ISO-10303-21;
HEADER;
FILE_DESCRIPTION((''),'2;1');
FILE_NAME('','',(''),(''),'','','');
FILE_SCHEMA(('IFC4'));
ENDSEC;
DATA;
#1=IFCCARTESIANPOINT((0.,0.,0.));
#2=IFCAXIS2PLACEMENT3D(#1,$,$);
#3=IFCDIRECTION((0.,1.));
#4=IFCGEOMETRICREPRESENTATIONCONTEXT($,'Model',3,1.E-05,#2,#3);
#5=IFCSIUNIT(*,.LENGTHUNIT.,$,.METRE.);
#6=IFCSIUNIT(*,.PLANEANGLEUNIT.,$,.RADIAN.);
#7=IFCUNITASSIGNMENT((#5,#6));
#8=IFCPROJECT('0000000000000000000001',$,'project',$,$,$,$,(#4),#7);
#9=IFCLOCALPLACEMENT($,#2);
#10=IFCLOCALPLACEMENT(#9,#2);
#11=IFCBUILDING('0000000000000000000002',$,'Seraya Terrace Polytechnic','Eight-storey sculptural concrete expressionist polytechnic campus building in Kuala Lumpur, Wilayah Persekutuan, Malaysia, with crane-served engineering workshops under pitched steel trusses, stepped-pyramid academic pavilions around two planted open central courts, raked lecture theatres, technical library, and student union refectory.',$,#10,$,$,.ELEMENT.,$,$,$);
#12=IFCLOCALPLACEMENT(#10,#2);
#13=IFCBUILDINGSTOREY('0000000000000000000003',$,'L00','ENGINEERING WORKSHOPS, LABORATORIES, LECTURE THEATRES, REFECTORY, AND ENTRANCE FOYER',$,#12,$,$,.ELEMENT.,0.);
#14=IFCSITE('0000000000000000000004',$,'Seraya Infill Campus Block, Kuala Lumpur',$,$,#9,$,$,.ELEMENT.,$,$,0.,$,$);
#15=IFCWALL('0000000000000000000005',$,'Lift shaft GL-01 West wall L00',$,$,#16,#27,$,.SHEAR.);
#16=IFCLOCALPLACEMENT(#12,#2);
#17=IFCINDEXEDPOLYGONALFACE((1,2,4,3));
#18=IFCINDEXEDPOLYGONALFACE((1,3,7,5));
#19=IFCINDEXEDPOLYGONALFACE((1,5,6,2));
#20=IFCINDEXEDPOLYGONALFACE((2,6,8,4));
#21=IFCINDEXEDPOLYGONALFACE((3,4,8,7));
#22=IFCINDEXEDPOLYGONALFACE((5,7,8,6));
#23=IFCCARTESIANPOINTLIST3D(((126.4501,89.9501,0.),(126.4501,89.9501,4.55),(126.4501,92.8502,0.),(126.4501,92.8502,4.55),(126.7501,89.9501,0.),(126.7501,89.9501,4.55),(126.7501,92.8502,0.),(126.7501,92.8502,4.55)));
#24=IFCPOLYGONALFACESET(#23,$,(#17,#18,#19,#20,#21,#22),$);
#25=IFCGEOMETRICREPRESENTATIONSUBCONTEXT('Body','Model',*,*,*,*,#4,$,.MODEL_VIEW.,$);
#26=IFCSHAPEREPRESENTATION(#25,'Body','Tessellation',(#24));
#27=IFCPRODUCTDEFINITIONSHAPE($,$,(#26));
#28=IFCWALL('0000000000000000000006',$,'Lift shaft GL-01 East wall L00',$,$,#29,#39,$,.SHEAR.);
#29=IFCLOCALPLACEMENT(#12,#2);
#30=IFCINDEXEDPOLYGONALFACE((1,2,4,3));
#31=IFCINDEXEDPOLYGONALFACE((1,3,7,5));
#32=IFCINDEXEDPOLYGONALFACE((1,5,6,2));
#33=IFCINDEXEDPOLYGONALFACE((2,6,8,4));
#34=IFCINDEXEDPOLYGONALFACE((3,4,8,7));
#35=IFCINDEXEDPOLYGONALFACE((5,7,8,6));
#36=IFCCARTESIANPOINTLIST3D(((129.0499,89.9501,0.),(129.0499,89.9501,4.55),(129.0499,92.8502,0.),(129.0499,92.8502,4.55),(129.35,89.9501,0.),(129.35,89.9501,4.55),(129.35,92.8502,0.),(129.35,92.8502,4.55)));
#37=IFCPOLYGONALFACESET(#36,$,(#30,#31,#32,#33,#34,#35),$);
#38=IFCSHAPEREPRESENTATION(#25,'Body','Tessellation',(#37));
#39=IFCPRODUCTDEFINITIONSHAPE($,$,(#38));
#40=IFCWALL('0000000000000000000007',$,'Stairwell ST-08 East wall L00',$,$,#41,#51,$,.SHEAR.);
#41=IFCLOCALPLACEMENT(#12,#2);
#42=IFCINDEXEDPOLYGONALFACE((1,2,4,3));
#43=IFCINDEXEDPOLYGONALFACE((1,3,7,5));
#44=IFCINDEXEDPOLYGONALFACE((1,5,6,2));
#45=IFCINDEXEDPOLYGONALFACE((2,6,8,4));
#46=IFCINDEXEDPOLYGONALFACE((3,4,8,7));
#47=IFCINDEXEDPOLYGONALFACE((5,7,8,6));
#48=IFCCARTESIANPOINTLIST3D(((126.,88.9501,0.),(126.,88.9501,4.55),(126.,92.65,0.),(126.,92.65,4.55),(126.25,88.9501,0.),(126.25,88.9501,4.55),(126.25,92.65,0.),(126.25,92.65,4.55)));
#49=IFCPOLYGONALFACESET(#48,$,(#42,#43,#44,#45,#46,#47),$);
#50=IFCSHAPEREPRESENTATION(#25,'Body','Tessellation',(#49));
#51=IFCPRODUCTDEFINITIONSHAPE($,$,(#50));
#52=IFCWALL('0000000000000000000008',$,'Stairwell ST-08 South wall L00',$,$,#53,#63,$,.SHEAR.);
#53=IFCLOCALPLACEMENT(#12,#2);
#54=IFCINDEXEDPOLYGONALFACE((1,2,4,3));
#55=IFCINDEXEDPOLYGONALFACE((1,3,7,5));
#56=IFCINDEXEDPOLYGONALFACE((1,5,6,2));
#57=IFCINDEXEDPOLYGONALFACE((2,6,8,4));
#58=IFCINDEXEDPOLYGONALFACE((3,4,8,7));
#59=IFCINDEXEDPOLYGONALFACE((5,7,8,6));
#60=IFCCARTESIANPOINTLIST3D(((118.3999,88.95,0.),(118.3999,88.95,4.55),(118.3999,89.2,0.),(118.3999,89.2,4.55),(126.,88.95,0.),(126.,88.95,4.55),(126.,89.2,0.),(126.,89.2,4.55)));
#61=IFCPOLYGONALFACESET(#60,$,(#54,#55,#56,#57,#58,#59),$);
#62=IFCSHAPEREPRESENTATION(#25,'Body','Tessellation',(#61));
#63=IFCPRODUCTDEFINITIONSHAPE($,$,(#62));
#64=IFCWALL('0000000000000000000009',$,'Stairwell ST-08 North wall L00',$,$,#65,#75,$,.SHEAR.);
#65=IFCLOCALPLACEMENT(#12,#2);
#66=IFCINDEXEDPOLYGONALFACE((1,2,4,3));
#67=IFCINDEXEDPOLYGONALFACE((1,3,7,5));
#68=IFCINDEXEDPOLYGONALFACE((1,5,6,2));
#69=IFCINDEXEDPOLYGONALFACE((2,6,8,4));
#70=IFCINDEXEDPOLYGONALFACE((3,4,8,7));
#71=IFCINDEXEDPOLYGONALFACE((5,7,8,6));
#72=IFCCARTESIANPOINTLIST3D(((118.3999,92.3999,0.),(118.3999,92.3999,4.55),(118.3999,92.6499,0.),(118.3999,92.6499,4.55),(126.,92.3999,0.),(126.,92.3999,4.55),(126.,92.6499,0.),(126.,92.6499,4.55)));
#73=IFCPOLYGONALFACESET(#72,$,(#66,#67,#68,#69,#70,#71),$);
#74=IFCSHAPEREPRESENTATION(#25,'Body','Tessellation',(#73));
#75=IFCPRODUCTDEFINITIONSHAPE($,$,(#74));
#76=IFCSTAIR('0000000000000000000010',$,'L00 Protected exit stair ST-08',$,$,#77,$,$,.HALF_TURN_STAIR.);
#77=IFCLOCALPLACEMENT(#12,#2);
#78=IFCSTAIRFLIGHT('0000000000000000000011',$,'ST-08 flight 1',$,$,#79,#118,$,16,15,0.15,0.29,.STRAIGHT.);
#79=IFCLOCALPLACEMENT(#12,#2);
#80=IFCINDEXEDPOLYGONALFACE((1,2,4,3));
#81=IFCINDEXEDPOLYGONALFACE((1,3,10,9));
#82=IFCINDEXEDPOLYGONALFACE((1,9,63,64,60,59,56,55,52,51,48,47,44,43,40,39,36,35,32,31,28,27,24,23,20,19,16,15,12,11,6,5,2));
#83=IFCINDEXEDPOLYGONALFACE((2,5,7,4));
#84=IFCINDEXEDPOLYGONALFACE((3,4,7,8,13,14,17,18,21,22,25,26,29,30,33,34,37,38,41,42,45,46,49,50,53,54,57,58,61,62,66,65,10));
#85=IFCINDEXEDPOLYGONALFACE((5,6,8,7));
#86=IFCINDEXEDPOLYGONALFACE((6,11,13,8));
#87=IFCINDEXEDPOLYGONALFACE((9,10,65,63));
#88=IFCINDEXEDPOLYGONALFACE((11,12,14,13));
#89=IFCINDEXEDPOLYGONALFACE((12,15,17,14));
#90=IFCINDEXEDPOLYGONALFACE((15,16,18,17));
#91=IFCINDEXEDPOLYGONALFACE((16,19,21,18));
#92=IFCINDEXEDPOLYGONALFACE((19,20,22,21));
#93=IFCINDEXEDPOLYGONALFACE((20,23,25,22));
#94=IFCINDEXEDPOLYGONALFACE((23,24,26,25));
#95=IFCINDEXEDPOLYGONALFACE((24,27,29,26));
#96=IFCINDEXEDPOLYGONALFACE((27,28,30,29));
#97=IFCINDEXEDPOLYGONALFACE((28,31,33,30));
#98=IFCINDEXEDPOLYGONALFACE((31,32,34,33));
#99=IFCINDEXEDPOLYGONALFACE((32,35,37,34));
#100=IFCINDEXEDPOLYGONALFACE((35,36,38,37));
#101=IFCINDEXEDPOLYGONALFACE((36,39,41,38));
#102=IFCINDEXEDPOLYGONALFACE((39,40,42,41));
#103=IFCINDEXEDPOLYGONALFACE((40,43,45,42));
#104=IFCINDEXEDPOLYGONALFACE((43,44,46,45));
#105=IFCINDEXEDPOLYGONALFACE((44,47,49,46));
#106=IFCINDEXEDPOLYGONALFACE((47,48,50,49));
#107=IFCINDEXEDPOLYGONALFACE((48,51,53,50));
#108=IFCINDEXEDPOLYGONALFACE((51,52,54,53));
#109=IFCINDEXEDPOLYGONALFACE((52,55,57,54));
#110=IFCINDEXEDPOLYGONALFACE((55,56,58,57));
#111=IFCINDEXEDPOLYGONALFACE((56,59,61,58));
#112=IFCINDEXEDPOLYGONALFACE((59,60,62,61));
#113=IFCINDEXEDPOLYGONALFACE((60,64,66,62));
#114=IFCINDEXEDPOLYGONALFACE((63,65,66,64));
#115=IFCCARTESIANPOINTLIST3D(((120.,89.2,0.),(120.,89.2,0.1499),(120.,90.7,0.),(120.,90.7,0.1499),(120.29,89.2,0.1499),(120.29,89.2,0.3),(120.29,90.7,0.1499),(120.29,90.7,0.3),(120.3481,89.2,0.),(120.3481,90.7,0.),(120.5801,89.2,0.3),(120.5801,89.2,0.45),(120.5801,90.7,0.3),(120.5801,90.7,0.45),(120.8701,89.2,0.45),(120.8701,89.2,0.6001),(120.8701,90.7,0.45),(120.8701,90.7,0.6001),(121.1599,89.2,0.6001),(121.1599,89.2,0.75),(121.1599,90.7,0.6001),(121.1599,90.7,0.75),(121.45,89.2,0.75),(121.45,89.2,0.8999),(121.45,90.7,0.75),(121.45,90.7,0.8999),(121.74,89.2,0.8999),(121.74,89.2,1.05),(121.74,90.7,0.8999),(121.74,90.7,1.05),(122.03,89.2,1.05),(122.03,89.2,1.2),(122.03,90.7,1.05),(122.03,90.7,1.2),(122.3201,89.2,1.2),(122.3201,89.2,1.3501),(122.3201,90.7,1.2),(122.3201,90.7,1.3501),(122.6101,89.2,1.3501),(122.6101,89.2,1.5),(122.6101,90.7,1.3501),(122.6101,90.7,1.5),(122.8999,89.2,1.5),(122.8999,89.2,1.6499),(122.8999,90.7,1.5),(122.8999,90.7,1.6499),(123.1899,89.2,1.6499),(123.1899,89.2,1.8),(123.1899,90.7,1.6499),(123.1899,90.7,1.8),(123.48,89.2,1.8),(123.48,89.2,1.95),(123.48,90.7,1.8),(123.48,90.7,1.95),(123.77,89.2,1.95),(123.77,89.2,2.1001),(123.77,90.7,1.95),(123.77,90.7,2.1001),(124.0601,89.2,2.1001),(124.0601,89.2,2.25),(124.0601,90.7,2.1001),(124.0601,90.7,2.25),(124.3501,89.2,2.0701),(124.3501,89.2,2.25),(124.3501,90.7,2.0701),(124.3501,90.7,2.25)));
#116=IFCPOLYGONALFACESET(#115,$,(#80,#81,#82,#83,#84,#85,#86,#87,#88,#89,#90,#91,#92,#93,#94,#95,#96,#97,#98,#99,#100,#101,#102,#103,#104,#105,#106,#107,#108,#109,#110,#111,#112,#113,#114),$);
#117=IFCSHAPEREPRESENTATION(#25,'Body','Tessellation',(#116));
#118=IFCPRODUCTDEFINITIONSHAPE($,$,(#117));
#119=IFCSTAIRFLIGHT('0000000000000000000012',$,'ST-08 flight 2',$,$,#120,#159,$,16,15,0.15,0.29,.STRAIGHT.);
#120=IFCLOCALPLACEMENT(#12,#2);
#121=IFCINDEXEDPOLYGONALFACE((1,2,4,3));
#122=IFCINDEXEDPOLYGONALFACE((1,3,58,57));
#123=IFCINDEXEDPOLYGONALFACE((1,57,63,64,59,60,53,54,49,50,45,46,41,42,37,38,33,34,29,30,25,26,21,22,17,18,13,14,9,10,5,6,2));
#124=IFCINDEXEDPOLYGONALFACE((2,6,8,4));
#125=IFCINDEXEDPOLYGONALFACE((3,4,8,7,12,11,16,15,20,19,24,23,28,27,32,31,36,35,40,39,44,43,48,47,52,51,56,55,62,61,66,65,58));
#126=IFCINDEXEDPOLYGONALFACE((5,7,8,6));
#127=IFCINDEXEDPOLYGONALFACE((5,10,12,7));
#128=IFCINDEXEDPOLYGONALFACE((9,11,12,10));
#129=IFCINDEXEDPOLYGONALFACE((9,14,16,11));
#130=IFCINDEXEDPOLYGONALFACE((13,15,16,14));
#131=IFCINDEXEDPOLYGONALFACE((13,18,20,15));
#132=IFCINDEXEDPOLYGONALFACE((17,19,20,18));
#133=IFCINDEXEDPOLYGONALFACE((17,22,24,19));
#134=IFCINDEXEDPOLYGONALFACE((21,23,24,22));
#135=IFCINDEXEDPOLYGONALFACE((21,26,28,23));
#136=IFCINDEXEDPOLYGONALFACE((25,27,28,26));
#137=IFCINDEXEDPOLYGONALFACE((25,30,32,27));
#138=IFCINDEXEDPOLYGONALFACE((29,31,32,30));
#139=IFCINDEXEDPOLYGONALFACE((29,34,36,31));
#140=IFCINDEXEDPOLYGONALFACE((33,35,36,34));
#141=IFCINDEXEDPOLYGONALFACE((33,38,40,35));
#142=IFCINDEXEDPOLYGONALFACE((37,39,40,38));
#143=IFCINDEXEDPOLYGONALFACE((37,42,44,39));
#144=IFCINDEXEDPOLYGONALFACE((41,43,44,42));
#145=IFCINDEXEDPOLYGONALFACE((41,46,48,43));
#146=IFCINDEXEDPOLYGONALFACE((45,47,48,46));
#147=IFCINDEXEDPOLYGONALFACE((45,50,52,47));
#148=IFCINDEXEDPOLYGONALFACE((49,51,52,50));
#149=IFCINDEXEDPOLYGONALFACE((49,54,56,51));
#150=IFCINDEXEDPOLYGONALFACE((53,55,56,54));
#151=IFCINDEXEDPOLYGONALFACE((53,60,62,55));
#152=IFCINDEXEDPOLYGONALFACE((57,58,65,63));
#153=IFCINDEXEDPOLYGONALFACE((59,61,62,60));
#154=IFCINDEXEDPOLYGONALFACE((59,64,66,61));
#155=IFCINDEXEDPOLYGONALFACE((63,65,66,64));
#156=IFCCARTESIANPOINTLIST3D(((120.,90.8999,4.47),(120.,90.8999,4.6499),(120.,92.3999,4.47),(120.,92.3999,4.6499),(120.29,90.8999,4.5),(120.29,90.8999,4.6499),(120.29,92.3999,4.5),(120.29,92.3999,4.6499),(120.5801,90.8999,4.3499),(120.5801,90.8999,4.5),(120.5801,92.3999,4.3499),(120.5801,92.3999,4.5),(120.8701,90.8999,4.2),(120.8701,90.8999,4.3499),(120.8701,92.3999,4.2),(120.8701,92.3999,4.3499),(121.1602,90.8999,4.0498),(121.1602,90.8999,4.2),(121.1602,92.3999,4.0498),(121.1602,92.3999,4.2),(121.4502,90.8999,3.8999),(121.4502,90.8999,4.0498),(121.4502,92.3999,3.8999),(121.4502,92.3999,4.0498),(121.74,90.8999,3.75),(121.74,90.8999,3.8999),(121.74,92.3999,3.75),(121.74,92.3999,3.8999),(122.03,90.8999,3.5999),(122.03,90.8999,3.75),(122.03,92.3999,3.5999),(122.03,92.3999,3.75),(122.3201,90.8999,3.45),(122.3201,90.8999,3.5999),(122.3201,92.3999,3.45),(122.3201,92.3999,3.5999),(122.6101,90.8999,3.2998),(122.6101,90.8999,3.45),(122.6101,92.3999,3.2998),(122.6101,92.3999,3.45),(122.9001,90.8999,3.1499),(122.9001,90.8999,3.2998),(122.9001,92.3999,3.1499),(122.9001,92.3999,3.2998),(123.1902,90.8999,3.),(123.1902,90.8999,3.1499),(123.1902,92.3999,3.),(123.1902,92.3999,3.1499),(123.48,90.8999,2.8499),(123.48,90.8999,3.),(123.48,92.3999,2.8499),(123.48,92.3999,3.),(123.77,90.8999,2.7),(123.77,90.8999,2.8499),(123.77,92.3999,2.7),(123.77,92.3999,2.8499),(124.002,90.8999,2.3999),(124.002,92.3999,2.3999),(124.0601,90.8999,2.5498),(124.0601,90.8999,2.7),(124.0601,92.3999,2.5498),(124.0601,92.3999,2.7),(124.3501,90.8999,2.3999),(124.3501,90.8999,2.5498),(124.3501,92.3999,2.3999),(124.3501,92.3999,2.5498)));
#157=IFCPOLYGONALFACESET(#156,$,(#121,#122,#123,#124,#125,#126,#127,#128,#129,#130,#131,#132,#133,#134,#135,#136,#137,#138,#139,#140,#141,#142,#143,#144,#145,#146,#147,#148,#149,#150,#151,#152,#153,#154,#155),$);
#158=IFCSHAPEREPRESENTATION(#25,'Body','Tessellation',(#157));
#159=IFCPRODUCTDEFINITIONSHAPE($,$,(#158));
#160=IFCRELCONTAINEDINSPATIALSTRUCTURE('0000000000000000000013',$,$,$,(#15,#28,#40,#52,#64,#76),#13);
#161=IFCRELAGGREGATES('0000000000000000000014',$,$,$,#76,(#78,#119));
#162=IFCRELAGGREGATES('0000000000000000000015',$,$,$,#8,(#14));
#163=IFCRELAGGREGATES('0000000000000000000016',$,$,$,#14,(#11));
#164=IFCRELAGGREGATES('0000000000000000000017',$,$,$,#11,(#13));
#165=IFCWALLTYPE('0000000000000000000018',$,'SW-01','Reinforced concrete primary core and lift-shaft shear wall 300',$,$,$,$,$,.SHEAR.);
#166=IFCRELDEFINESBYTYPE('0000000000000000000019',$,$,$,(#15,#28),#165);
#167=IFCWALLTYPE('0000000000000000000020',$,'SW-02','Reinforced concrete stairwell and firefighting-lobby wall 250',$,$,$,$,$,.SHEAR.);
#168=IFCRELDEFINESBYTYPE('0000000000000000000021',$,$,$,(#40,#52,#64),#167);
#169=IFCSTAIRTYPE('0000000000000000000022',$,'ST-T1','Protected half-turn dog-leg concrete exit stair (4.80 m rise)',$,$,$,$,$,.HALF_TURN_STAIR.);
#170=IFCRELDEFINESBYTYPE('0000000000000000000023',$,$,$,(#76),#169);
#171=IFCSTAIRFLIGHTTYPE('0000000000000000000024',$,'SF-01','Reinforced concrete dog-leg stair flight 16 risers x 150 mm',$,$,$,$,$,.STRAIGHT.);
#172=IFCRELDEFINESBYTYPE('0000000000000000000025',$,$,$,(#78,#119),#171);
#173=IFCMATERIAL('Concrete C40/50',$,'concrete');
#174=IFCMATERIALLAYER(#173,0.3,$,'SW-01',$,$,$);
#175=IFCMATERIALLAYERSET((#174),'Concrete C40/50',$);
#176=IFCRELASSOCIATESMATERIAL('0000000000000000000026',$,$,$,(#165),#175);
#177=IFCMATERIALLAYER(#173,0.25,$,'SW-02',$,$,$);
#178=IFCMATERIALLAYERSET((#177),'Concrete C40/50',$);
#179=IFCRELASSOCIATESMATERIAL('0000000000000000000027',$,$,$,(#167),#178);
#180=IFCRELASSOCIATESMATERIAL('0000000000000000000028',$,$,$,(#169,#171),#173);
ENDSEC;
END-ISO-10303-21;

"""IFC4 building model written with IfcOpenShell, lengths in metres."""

from ifc_helpers import new_model, si_unit, direction, frame, frame_2d, origin, place, context, subcontext, project, spatial, polyline, rectangle, outline, extrude, material, layer, layer_set, type_object, element, aggregate, save


model = new_model("IFC4")

# Units and contexts
model_context = context("Model", 3, precision=1e-05, world=origin(), true_north=direction((0.0, 1.0)))
body_context = subcontext(model_context, "Body", "Model", "MODEL_VIEW")
ifc_project = project(units=[si_unit("LENGTHUNIT", "METRE"), si_unit("PLANEANGLEUNIT", "RADIAN")], contexts=[model_context])

# Site, building, storey
site_placement = place(None, origin())
site = spatial("IfcSite", under=ifc_project, at=site_placement, Name="Seraya Infill Campus Block, Kuala Lumpur", CompositionType="ELEMENT", RefElevation=0.0)
building_placement = place(site_placement, origin())
building = spatial("IfcBuilding", under=site, at=building_placement, Name="Seraya Terrace Polytechnic", Description="Eight-storey sculptural concrete expressionist polytechnic campus building in Kuala Lumpur, Wilayah Persekutuan, Malaysia, with crane-served engineering workshops under pitched steel trusses, stepped-pyramid academic pavilions around two planted open central courts, raked lecture theatres, technical library, and student union refectory.", CompositionType="ELEMENT")
storey_placement = place(building_placement, origin())
storey = spatial("IfcBuildingStorey", under=building, at=storey_placement, Name="L00", Description="ENGINEERING WORKSHOPS, LABORATORIES, LECTURE THEATRES, REFECTORY, AND ENTRANCE FOYER", CompositionType="ELEMENT", Elevation=0.0)

# Shared definitions
ifc_material_1 = material(Name="Concrete C40/50", Category="concrete")

# Shared definitions
ifc_layer_1 = layer(ifc_material_1, 0.3, Name="SW-01")
ifc_layer_set_1 = layer_set([ifc_layer_1], Name="Concrete C40/50")
wall_type_1 = type_object("IfcWallType", Name="SW-01", Description="Reinforced concrete primary core and lift-shaft shear wall 300", PredefinedType="SHEAR", material=ifc_layer_set_1)

# Walls
for number, where, z_axis, x_axis, name in (
    (1, (126.6001, 89.95, 0.0), (0.0, 0.0, 1.0), (0.0, 1.0, 0.0), "Lift shaft GL-01 West wall L00"),
    (2, (129.2, 89.95, 0.0), (0.0, 0.0, 1.0), (0.0, 1.0, 0.0), "Lift shaft GL-01 East wall L00"),
):
    element("IfcWall", number, at=place(storey_placement, frame(where, z_axis=z_axis, x_axis=x_axis)), inside=storey, type_object=wall_type_1, Name=name, PredefinedType="SHEAR", context=body_context, shape_type="SweptSolid", body=[
        extrude(rectangle(XDim=2.9001, YDim=0.3, at=frame_2d((1.4502, 0.0))), origin(), (0.0, 0.0, 1.0), 4.55),
    ])

# Shared definitions
ifc_layer_2 = layer(ifc_material_1, 0.25, Name="SW-02")
ifc_layer_set_2 = layer_set([ifc_layer_2], Name="Concrete C40/50")
wall_type_2 = type_object("IfcWallType", Name="SW-02", Description="Reinforced concrete stairwell and firefighting-lobby wall 250", PredefinedType="SHEAR", material=ifc_layer_set_2)

# Walls
wall_1_placement = place(storey_placement, frame((126.125, 88.95, 0.0), z_axis=(0.0, 0.0, 1.0), x_axis=(0.0, 1.0, 0.0)))
element("IfcWall", 3, at=wall_1_placement, inside=storey, type_object=wall_type_2, Name="Stairwell ST-08 East wall L00", PredefinedType="SHEAR", context=body_context, shape_type="SweptSolid", body=[
    extrude(rectangle(XDim=3.7, YDim=0.25, at=frame_2d((1.8501, 0.0))), origin(), (0.0, 0.0, 1.0), 4.55),
])
for number, where, z_axis, x_axis, name in (
    (4, (118.3999, 89.075, 0.0), (0.0, 0.0, 1.0), (1.0, 0.0, 0.0), "Stairwell ST-08 South wall L00"),
    (5, (118.3999, 92.5249, 0.0), (0.0, 0.0, 1.0), (1.0, 0.0, 0.0), "Stairwell ST-08 North wall L00"),
):
    element("IfcWall", number, at=place(storey_placement, frame(where, z_axis=z_axis, x_axis=x_axis)), inside=storey, type_object=wall_type_2, Name=name, PredefinedType="SHEAR", context=body_context, shape_type="SweptSolid", body=[
        extrude(rectangle(XDim=7.6001, YDim=0.25, at=frame_2d((3.8, 0.0))), origin(), (0.0, 0.0, 1.0), 4.55),
    ])

# Stair, stair flights
stair_type = type_object("IfcStairType", Name="ST-T1", Description="Protected half-turn dog-leg concrete exit stair (4.80 m rise)", PredefinedType="HALF_TURN_STAIR", material=ifc_material_1)
stair_placement = place(storey_placement, origin())
stair = element("IfcStair", 6, at=stair_placement, inside=storey, type_object=stair_type, Name="L00 Protected exit stair ST-08", PredefinedType="HALF_TURN_STAIR")
stair_flight_type = type_object("IfcStairFlightType", Name="SF-01", Description="Reinforced concrete dog-leg stair flight 16 risers x 150 mm", PredefinedType="STRAIGHT", material=ifc_material_1)
stair_flight_1_placement = place(storey_placement, frame((120.0, 89.95, 0.0), z_axis=(0.0, 0.0, 1.0), x_axis=(1.0, 0.0, 0.0)))
stair_flight_1 = element("IfcStairFlight", 7, at=stair_flight_1_placement, type_object=stair_flight_type, Name="ST-08 flight 1", NumberOfRisers=16, NumberOfTreads=15, PredefinedType="STRAIGHT", RiserHeight=0.15, TreadLength=0.29, context=body_context, shape_type="SweptSolid", body=[
    extrude(outline(polyline([(0.0, 0.0), (0.0, 0.1499), (0.29, 0.1499), (0.29, 0.3), (0.5801, 0.3), (0.5801, 0.45), (0.8701, 0.45), (0.8701, 0.6001), (1.1599, 0.6001), (1.1599, 0.75), (1.45, 0.75), (1.45, 0.8999), (1.74, 0.8999), (1.74, 1.05), (2.03, 1.05), (2.03, 1.2), (2.3201, 1.2), (2.3201, 1.3501), (2.6101, 1.3501), (2.6101, 1.5), (2.8999, 1.5), (2.8999, 1.6499), (3.1899, 1.6499), (3.1899, 1.8), (3.48, 1.8), (3.48, 1.95), (3.77, 1.95), (3.77, 2.1001), (4.0601, 2.1001), (4.0601, 2.25), (4.3501, 2.25), (4.3501, 2.3999), (4.3501, 2.0701), (0.3481, 0.0), (0.0, 0.0)])), frame((0.0, 0.75, 0.0), z_axis=(0.0, -1.0, 0.0), x_axis=(1.0, 0.0, 0.0)), (0.0, 0.0, 1.0), 1.5),
])
stair_flight_2_placement = place(storey_placement, frame((124.3501, 91.6499, 2.3999), z_axis=(0.0, 0.0, 1.0), x_axis=(-1.0, 0.0, 0.0)))
stair_flight_2 = element("IfcStairFlight", 8, at=stair_flight_2_placement, type_object=stair_flight_type, Name="ST-08 flight 2", NumberOfRisers=16, NumberOfTreads=15, PredefinedType="STRAIGHT", RiserHeight=0.15, TreadLength=0.29, context=body_context, shape_type="SweptSolid", body=[
    extrude(outline(polyline([(0.0, 0.0), (0.0, 0.1499), (0.29, 0.1499), (0.29, 0.3), (0.5801, 0.3), (0.5801, 0.45), (0.8701, 0.45), (0.8701, 0.6001), (1.1599, 0.6001), (1.1599, 0.75), (1.45, 0.75), (1.45, 0.8999), (1.74, 0.8999), (1.74, 1.05), (2.03, 1.05), (2.03, 1.2), (2.3201, 1.2), (2.3201, 1.3501), (2.6101, 1.3501), (2.6101, 1.5), (2.8999, 1.5), (2.8999, 1.6499), (3.1899, 1.6499), (3.1899, 1.8), (3.48, 1.8), (3.48, 1.95), (3.77, 1.95), (3.77, 2.1001), (4.0601, 2.1001), (4.0601, 2.25), (4.3501, 2.25), (4.3501, 2.3999), (4.3501, 2.0701), (0.3481, 0.0), (0.0, 0.0)])), frame((0.0, 0.75, 0.0), z_axis=(0.0, -1.0, 0.0), x_axis=(1.0, 0.0, 0.0)), (0.0, 0.0, 1.0), 1.5),
])
aggregate(stair, [stair_flight_1, stair_flight_2])

save(model, "model.ifc")
